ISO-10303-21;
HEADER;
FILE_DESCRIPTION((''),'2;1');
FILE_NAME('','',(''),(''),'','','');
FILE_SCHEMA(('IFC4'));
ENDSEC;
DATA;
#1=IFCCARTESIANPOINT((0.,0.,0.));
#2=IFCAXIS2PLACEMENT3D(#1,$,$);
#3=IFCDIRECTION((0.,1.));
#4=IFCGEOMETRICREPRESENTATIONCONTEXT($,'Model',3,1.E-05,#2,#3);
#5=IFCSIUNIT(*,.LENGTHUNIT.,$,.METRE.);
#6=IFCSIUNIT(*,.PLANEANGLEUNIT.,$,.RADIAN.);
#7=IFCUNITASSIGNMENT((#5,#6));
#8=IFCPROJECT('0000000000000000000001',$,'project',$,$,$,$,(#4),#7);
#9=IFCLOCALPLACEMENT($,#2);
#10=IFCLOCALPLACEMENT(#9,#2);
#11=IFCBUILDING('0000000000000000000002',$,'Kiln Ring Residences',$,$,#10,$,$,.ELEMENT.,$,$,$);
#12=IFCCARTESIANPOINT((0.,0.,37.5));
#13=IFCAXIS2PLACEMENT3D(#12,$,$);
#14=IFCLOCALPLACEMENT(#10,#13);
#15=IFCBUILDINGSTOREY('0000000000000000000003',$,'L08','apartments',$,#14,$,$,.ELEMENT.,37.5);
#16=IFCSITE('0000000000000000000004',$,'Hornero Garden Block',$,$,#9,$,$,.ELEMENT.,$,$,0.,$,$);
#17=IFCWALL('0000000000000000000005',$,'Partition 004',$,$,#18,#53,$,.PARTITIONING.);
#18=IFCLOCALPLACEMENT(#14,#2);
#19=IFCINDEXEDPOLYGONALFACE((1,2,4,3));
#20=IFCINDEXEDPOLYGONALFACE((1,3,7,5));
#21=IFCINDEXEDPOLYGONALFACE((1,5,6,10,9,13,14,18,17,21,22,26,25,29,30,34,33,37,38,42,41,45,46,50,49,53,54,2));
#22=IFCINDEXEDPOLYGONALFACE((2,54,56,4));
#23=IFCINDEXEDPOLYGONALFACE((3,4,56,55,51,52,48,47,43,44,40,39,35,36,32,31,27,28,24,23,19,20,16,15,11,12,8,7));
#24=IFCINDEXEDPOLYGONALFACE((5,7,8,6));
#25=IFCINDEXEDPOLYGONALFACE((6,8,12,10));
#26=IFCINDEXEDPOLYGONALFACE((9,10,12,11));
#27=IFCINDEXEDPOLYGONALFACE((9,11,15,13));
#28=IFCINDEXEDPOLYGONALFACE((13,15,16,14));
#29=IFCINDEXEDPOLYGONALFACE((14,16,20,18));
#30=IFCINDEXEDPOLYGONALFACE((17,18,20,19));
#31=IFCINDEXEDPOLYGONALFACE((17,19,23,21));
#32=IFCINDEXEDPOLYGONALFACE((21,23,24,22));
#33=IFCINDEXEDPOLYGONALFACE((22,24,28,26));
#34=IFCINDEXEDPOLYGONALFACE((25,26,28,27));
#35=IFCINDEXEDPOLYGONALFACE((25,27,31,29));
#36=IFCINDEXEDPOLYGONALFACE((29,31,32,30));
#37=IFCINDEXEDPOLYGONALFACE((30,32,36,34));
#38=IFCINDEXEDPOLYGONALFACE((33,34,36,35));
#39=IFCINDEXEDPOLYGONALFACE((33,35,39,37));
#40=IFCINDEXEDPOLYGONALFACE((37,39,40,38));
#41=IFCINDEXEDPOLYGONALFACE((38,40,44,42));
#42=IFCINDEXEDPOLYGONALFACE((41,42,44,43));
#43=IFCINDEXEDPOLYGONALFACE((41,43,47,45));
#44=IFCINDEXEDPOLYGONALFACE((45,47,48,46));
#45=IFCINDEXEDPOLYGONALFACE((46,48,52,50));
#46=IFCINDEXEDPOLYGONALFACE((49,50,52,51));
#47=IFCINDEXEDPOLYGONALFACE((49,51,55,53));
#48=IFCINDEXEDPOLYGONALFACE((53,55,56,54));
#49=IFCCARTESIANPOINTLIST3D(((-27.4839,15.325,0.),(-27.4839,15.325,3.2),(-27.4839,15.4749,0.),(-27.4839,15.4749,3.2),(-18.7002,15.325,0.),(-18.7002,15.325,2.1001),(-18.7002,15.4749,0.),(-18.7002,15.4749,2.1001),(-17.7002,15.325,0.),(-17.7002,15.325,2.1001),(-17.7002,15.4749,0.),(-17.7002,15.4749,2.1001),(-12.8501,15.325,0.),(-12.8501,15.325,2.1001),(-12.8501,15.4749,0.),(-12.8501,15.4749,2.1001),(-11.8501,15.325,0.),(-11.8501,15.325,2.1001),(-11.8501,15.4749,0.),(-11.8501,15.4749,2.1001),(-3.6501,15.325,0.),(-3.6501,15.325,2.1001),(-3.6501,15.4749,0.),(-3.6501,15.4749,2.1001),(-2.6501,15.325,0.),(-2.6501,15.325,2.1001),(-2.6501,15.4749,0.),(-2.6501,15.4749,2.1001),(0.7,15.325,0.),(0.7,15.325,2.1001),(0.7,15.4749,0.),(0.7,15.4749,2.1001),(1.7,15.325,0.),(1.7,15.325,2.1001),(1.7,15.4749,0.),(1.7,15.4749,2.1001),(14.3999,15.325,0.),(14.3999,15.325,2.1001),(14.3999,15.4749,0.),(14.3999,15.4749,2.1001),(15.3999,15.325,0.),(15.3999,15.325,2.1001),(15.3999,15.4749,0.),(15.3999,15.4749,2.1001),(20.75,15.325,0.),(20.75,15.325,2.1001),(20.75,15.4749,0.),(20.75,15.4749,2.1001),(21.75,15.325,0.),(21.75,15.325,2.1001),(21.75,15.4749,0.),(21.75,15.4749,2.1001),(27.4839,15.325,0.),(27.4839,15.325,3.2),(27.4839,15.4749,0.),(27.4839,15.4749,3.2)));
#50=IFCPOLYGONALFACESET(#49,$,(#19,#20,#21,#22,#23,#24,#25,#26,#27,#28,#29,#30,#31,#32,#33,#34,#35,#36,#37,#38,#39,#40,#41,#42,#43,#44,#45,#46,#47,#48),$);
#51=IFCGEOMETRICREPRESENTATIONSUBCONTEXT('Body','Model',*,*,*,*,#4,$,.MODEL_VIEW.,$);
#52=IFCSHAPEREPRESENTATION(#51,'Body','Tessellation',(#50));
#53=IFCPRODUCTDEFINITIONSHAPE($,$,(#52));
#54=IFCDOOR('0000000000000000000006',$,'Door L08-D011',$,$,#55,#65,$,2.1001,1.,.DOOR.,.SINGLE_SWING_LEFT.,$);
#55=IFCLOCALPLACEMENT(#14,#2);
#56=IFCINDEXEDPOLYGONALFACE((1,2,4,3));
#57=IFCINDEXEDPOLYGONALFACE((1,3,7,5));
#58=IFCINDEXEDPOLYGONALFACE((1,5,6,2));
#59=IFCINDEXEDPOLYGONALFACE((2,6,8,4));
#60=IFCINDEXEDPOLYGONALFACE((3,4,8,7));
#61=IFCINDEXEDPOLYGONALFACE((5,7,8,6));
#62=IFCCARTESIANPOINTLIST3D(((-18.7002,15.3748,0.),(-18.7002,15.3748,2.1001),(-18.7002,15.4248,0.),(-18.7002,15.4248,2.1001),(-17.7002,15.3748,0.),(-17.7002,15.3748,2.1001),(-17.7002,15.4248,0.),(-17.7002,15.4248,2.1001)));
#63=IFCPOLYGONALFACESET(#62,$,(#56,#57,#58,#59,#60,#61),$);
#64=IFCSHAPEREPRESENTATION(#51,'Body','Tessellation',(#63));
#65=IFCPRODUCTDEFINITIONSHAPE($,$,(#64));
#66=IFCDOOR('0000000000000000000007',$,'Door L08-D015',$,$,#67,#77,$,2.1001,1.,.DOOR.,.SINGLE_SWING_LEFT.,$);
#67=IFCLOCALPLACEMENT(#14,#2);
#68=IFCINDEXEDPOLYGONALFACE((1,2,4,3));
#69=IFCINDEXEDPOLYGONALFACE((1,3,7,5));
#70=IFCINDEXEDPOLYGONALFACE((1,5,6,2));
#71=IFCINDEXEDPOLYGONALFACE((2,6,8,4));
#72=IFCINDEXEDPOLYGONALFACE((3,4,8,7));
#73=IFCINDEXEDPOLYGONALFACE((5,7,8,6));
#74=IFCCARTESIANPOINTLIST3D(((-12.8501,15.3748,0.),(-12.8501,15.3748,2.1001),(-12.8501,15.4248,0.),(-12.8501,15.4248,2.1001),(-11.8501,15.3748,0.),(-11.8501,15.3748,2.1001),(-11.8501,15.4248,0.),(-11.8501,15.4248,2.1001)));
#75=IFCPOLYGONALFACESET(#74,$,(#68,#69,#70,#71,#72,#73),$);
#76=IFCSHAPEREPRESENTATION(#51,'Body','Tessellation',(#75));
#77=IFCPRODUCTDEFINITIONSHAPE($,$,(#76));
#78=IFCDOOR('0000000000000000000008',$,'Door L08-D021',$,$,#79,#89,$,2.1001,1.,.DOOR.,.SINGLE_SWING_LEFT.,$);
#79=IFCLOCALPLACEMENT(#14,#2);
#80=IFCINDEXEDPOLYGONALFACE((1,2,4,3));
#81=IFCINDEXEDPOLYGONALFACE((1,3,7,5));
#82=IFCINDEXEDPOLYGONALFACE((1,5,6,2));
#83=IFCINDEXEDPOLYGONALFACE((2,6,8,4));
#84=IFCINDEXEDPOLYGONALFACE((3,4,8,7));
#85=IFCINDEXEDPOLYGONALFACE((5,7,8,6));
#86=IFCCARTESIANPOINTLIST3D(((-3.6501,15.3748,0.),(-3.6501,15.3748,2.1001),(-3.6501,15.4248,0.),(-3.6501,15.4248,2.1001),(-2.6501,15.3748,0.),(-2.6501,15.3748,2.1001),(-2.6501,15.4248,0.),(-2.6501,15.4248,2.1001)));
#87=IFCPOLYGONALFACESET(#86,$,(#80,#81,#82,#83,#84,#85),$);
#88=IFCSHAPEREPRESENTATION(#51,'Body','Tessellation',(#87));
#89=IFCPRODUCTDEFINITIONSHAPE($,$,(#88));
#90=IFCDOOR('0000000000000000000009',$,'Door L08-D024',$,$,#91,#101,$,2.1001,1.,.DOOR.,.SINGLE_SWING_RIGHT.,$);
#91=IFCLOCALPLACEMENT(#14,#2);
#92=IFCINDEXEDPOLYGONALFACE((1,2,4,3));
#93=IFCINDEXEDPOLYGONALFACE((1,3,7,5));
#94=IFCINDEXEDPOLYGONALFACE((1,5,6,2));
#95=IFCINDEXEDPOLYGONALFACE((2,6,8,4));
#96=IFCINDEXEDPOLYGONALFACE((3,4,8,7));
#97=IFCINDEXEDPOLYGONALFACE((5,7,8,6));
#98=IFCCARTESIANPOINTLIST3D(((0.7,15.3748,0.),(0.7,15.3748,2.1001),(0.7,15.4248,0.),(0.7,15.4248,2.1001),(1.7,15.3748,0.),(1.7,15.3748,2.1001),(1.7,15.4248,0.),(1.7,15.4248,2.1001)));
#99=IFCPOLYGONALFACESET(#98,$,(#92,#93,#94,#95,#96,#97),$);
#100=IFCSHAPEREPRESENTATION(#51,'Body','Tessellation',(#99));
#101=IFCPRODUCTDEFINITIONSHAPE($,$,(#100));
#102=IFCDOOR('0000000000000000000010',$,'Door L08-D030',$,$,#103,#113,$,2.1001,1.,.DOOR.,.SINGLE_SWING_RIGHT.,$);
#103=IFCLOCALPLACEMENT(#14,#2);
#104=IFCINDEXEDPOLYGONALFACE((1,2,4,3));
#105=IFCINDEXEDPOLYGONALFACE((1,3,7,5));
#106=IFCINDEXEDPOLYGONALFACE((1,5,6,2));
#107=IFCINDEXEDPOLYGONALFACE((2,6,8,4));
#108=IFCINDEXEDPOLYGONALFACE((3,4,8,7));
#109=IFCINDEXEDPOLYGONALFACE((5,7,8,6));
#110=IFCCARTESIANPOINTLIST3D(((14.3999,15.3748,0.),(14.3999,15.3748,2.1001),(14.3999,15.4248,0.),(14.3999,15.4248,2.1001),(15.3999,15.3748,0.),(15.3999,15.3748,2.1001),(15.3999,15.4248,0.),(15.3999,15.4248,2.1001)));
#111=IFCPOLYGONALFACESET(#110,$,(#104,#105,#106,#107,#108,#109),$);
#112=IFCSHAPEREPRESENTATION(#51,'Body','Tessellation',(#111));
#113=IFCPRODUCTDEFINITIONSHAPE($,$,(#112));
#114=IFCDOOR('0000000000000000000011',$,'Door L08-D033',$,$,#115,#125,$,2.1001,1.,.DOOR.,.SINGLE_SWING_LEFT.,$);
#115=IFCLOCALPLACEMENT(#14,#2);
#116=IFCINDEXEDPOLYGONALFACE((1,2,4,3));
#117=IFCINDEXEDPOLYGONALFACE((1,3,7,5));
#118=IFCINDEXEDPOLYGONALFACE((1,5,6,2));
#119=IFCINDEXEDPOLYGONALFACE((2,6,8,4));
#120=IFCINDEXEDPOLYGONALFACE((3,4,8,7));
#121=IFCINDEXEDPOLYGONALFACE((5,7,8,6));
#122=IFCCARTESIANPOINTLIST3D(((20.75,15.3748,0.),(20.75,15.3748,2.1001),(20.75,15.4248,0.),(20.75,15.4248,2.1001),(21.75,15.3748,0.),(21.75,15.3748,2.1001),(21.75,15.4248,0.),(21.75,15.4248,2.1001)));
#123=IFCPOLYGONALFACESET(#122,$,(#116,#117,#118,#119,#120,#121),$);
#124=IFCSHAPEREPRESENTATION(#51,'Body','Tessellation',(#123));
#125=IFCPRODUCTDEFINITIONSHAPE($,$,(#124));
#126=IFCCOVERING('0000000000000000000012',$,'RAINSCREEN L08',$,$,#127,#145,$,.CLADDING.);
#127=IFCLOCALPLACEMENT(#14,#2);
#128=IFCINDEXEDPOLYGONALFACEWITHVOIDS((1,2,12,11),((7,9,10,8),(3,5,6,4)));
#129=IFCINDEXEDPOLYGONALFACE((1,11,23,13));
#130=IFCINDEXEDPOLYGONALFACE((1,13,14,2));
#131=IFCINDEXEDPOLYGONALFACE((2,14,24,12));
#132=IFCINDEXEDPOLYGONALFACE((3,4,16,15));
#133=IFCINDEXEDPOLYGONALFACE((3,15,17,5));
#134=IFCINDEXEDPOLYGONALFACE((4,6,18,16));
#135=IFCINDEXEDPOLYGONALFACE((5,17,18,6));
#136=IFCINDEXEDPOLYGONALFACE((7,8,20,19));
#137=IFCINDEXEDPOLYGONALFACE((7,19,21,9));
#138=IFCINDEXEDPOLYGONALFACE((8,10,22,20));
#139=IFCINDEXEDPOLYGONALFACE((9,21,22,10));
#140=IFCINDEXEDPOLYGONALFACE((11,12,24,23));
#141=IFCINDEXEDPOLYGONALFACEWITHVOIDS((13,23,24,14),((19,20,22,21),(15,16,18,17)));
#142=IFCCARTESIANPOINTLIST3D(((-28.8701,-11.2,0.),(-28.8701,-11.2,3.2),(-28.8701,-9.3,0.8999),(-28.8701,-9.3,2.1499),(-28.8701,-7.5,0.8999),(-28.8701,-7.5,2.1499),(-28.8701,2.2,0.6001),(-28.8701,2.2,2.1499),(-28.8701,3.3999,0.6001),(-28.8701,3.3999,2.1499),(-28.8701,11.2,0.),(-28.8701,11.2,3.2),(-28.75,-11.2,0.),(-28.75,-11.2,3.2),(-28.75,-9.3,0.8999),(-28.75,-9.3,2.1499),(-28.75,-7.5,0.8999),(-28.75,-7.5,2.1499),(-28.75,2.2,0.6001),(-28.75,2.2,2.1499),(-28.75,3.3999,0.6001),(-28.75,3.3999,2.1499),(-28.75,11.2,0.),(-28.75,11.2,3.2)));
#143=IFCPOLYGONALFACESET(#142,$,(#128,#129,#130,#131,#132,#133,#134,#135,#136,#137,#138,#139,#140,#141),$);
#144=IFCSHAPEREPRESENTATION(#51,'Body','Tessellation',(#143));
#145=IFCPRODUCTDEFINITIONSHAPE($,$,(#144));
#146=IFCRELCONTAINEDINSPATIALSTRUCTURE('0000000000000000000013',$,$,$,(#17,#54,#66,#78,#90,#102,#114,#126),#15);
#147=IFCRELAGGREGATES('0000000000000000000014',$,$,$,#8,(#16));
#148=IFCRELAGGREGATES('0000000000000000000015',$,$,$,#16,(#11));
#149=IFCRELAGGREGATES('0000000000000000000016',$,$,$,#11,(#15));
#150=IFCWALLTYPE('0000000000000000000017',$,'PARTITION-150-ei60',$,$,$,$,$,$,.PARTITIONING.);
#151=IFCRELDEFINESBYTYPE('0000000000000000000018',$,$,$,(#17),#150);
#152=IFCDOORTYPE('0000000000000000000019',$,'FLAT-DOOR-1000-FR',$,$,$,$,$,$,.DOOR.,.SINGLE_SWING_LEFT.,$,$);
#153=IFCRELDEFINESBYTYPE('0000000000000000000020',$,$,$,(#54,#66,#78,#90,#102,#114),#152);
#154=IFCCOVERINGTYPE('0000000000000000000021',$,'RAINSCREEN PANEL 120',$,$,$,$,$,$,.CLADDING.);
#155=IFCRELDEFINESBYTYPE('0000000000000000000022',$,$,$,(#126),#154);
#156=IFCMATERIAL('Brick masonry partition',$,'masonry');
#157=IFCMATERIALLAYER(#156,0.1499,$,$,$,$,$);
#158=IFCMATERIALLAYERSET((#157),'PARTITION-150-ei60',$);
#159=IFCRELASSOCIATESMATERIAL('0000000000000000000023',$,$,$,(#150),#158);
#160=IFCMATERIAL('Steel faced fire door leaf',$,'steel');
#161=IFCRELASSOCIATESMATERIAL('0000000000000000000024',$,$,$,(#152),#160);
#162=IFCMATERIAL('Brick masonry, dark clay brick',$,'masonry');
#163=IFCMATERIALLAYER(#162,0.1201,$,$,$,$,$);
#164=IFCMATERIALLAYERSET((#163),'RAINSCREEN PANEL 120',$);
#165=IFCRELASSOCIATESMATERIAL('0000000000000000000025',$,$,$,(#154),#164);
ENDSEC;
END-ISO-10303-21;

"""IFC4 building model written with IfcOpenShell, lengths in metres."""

from ifc_helpers import new_model, si_unit, direction, frame, frame_2d, origin, place, context, subcontext, project, spatial, polyline, rectangle, outline, extrude, material, layer, layer_set, type_object, element, fill, save


model = new_model("IFC4")

# Units and contexts
model_context = context("Model", 3, precision=1e-05, world=origin(), true_north=direction((0.0, 1.0)))
body_context = subcontext(model_context, "Body", "Model", "MODEL_VIEW")
ifc_project = project(units=[si_unit("LENGTHUNIT", "METRE"), si_unit("PLANEANGLEUNIT", "RADIAN")], contexts=[model_context])

# Site, building, storey
site_placement = place(None, origin())
site = spatial("IfcSite", under=ifc_project, at=site_placement, Name="Hornero Garden Block", CompositionType="ELEMENT", RefElevation=0.0)
building_placement = place(site_placement, origin())
building = spatial("IfcBuilding", under=site, at=building_placement, Name="Kiln Ring Residences", CompositionType="ELEMENT")
storey_placement = place(building_placement, frame((0.0, 0.0, 37.5)))
storey = spatial("IfcBuildingStorey", under=building, at=storey_placement, Name="L08", Description="apartments", CompositionType="ELEMENT", Elevation=37.5)

# Wall, openings, doors
ifc_material_1 = material(Name="Brick masonry partition", Category="masonry")
ifc_layer_1 = layer(ifc_material_1, 0.1499)
ifc_layer_set_1 = layer_set([ifc_layer_1], Name="PARTITION-150-ei60")
wall_type_1 = type_object("IfcWallType", Name="PARTITION-150-ei60", PredefinedType="PARTITIONING", material=ifc_layer_set_1)
wall_1_placement = place(storey_placement, frame((-27.4839, 15.3999, 0.0), z_axis=(0.0, 0.0, 1.0), x_axis=(1.0, 0.0, 0.0)))
wall_1 = element("IfcWall", 1, at=wall_1_placement, inside=storey, type_object=wall_type_1, Name="Partition 004", PredefinedType="PARTITIONING", context=body_context, shape_type="SweptSolid", body=[
    extrude(rectangle(XDim=54.9678, YDim=0.1499, at=frame_2d((27.4839, 0.0))), origin(), (0.0, 0.0, 1.0), 3.2),
])
opening_1_placement = place(wall_1_placement, frame((8.7837, 0.0, 0.0)))
opening_1 = element("IfcOpeningElement", 2, at=opening_1_placement, cuts=wall_1, PredefinedType="OPENING", context=body_context, shape_type="SweptSolid", body=[
    extrude(rectangle(XDim=1.0, YDim=2.1001, at=frame_2d((0.5, 1.05))), frame((0.0, 0.085, 0.0), z_axis=(0.0, -1.0, 0.0), x_axis=(1.0, 0.0, 0.0)), (0.0, 0.0, 1.0), 0.1699),
])
opening_2_placement = place(wall_1_placement, frame((14.6338, 0.0, 0.0)))
opening_2 = element("IfcOpeningElement", 3, at=opening_2_placement, cuts=wall_1, PredefinedType="OPENING", context=body_context, shape_type="SweptSolid", body=[
    extrude(rectangle(XDim=1.0, YDim=2.1001, at=frame_2d((0.5, 1.05))), frame((0.0, 0.085, 0.0), z_axis=(0.0, -1.0, 0.0), x_axis=(1.0, 0.0, 0.0)), (0.0, 0.0, 1.0), 0.1699),
])
opening_3_placement = place(wall_1_placement, frame((23.8337, 0.0, 0.0)))
opening_3 = element("IfcOpeningElement", 4, at=opening_3_placement, cuts=wall_1, PredefinedType="OPENING", context=body_context, shape_type="SweptSolid", body=[
    extrude(rectangle(XDim=1.0, YDim=2.1001, at=frame_2d((0.5, 1.05))), frame((0.0, 0.085, 0.0), z_axis=(0.0, -1.0, 0.0), x_axis=(1.0, 0.0, 0.0)), (0.0, 0.0, 1.0), 0.1699),
])
opening_4_placement = place(wall_1_placement, frame((28.1838, 0.0, 0.0)))
opening_4 = element("IfcOpeningElement", 5, at=opening_4_placement, cuts=wall_1, PredefinedType="OPENING", context=body_context, shape_type="SweptSolid", body=[
    extrude(rectangle(XDim=1.0, YDim=2.1001, at=frame_2d((0.5, 1.05))), frame((0.0, 0.085, 0.0), z_axis=(0.0, -1.0, 0.0), x_axis=(1.0, 0.0, 0.0)), (0.0, 0.0, 1.0), 0.1699),
])
opening_5_placement = place(wall_1_placement, frame((41.8838, 0.0, 0.0)))
opening_5 = element("IfcOpeningElement", 6, at=opening_5_placement, cuts=wall_1, PredefinedType="OPENING", context=body_context, shape_type="SweptSolid", body=[
    extrude(rectangle(XDim=1.0, YDim=2.1001, at=frame_2d((0.5, 1.05))), frame((0.0, 0.085, 0.0), z_axis=(0.0, -1.0, 0.0), x_axis=(1.0, 0.0, 0.0)), (0.0, 0.0, 1.0), 0.1699),
])
opening_6_placement = place(wall_1_placement, frame((48.2339, 0.0, 0.0)))
opening_6 = element("IfcOpeningElement", 7, at=opening_6_placement, cuts=wall_1, PredefinedType="OPENING", context=body_context, shape_type="SweptSolid", body=[
    extrude(rectangle(XDim=1.0, YDim=2.1001, at=frame_2d((0.5, 1.05))), frame((0.0, 0.085, 0.0), z_axis=(0.0, -1.0, 0.0), x_axis=(1.0, 0.0, 0.0)), (0.0, 0.0, 1.0), 0.1699),
])
ifc_material_2 = material(Name="Steel faced fire door leaf", Category="steel")
door_type = type_object("IfcDoorType", Name="FLAT-DOOR-1000-FR", OperationType="SINGLE_SWING_LEFT", PredefinedType="DOOR", material=ifc_material_2)
door_1_placement = place(opening_1_placement, origin())
door_1 = element("IfcDoor", 8, at=door_1_placement, inside=storey, type_object=door_type, Name="Door L08-D011", OperationType="SINGLE_SWING_LEFT", OverallHeight=2.1001, OverallWidth=1.0, PredefinedType="DOOR", context=body_context, shape_type="SweptSolid", body=[
    extrude(rectangle(XDim=1.0, YDim=2.1001, at=frame_2d((0.5, 1.05))), frame((0.0, 0.0249, 0.0), z_axis=(0.0, -1.0, 0.0), x_axis=(1.0, 0.0, 0.0)), (0.0, 0.0, 1.0), 0.05),
])
fill(opening_1, door_1)
door_2_placement = place(opening_2_placement, origin())
door_2 = element("IfcDoor", 9, at=door_2_placement, inside=storey, type_object=door_type, Name="Door L08-D015", OperationType="SINGLE_SWING_LEFT", OverallHeight=2.1001, OverallWidth=1.0, PredefinedType="DOOR", context=body_context, shape_type="SweptSolid", body=[
    extrude(rectangle(XDim=1.0, YDim=2.1001, at=frame_2d((0.5, 1.05))), frame((0.0, 0.0249, 0.0), z_axis=(0.0, -1.0, 0.0), x_axis=(1.0, 0.0, 0.0)), (0.0, 0.0, 1.0), 0.05),
])
fill(opening_2, door_2)
door_3_placement = place(opening_3_placement, origin())
door_3 = element("IfcDoor", 10, at=door_3_placement, inside=storey, type_object=door_type, Name="Door L08-D021", OperationType="SINGLE_SWING_LEFT", OverallHeight=2.1001, OverallWidth=1.0, PredefinedType="DOOR", context=body_context, shape_type="SweptSolid", body=[
    extrude(rectangle(XDim=1.0, YDim=2.1001, at=frame_2d((0.5, 1.05))), frame((0.0, 0.0249, 0.0), z_axis=(0.0, -1.0, 0.0), x_axis=(1.0, 0.0, 0.0)), (0.0, 0.0, 1.0), 0.05),
])
fill(opening_3, door_3)
door_4_placement = place(opening_4_placement, origin())
door_4 = element("IfcDoor", 11, at=door_4_placement, inside=storey, type_object=door_type, Name="Door L08-D024", OperationType="SINGLE_SWING_RIGHT", OverallHeight=2.1001, OverallWidth=1.0, PredefinedType="DOOR", context=body_context, shape_type="SweptSolid", body=[
    extrude(rectangle(XDim=1.0, YDim=2.1001, at=frame_2d((0.5, 1.05))), frame((0.0, 0.0249, 0.0), z_axis=(0.0, -1.0, 0.0), x_axis=(1.0, 0.0, 0.0)), (0.0, 0.0, 1.0), 0.05),
])
fill(opening_4, door_4)
door_5_placement = place(opening_5_placement, origin())
door_5 = element("IfcDoor", 12, at=door_5_placement, inside=storey, type_object=door_type, Name="Door L08-D030", OperationType="SINGLE_SWING_RIGHT", OverallHeight=2.1001, OverallWidth=1.0, PredefinedType="DOOR", context=body_context, shape_type="SweptSolid", body=[
    extrude(rectangle(XDim=1.0, YDim=2.1001, at=frame_2d((0.5, 1.05))), frame((0.0, 0.0249, 0.0), z_axis=(0.0, -1.0, 0.0), x_axis=(1.0, 0.0, 0.0)), (0.0, 0.0, 1.0), 0.05),
])
fill(opening_5, door_5)
door_6_placement = place(opening_6_placement, origin())
door_6 = element("IfcDoor", 13, at=door_6_placement, inside=storey, type_object=door_type, Name="Door L08-D033", OperationType="SINGLE_SWING_LEFT", OverallHeight=2.1001, OverallWidth=1.0, PredefinedType="DOOR", context=body_context, shape_type="SweptSolid", body=[
    extrude(rectangle(XDim=1.0, YDim=2.1001, at=frame_2d((0.5, 1.05))), frame((0.0, 0.0249, 0.0), z_axis=(0.0, -1.0, 0.0), x_axis=(1.0, 0.0, 0.0)), (0.0, 0.0, 1.0), 0.05),
])
fill(opening_6, door_6)

# Covering
ifc_material_3 = material(Name="Brick masonry, dark clay brick", Category="masonry")
ifc_layer_2 = layer(ifc_material_3, 0.1201)
ifc_layer_set_2 = layer_set([ifc_layer_2], Name="RAINSCREEN PANEL 120")
covering_type = type_object("IfcCoveringType", Name="RAINSCREEN PANEL 120", PredefinedType="CLADDING", material=ifc_layer_set_2)
covering_placement = place(storey_placement, frame((-28.8101, 11.2, 0.0), z_axis=(0.0, 0.0, 1.0), x_axis=(0.0, -1.0, 0.0)))
element("IfcCovering", 14, at=covering_placement, inside=storey, type_object=covering_type, Name="RAINSCREEN L08", PredefinedType="CLADDING", context=body_context, shape_type="SweptSolid", body=[
    extrude(outline(polyline([(0.0, 0.0), (22.3999, 0.0), (22.3999, 3.2), (0.0, 3.2), (0.0, 0.0)]), holes=[polyline([(9.0, 2.1499), (7.8, 2.1499), (7.8, 0.6001), (9.0, 0.6001), (9.0, 2.1499)]), polyline([(20.5, 2.1499), (18.7, 2.1499), (18.7, 0.8999), (20.5, 0.8999), (20.5, 2.1499)])]), frame((0.0, 0.0601, 0.0), z_axis=(0.0, -1.0, 0.0), x_axis=(1.0, 0.0, 0.0)), (0.0, 0.0, 1.0), 0.1201),
])

save(model, "model.ifc")
